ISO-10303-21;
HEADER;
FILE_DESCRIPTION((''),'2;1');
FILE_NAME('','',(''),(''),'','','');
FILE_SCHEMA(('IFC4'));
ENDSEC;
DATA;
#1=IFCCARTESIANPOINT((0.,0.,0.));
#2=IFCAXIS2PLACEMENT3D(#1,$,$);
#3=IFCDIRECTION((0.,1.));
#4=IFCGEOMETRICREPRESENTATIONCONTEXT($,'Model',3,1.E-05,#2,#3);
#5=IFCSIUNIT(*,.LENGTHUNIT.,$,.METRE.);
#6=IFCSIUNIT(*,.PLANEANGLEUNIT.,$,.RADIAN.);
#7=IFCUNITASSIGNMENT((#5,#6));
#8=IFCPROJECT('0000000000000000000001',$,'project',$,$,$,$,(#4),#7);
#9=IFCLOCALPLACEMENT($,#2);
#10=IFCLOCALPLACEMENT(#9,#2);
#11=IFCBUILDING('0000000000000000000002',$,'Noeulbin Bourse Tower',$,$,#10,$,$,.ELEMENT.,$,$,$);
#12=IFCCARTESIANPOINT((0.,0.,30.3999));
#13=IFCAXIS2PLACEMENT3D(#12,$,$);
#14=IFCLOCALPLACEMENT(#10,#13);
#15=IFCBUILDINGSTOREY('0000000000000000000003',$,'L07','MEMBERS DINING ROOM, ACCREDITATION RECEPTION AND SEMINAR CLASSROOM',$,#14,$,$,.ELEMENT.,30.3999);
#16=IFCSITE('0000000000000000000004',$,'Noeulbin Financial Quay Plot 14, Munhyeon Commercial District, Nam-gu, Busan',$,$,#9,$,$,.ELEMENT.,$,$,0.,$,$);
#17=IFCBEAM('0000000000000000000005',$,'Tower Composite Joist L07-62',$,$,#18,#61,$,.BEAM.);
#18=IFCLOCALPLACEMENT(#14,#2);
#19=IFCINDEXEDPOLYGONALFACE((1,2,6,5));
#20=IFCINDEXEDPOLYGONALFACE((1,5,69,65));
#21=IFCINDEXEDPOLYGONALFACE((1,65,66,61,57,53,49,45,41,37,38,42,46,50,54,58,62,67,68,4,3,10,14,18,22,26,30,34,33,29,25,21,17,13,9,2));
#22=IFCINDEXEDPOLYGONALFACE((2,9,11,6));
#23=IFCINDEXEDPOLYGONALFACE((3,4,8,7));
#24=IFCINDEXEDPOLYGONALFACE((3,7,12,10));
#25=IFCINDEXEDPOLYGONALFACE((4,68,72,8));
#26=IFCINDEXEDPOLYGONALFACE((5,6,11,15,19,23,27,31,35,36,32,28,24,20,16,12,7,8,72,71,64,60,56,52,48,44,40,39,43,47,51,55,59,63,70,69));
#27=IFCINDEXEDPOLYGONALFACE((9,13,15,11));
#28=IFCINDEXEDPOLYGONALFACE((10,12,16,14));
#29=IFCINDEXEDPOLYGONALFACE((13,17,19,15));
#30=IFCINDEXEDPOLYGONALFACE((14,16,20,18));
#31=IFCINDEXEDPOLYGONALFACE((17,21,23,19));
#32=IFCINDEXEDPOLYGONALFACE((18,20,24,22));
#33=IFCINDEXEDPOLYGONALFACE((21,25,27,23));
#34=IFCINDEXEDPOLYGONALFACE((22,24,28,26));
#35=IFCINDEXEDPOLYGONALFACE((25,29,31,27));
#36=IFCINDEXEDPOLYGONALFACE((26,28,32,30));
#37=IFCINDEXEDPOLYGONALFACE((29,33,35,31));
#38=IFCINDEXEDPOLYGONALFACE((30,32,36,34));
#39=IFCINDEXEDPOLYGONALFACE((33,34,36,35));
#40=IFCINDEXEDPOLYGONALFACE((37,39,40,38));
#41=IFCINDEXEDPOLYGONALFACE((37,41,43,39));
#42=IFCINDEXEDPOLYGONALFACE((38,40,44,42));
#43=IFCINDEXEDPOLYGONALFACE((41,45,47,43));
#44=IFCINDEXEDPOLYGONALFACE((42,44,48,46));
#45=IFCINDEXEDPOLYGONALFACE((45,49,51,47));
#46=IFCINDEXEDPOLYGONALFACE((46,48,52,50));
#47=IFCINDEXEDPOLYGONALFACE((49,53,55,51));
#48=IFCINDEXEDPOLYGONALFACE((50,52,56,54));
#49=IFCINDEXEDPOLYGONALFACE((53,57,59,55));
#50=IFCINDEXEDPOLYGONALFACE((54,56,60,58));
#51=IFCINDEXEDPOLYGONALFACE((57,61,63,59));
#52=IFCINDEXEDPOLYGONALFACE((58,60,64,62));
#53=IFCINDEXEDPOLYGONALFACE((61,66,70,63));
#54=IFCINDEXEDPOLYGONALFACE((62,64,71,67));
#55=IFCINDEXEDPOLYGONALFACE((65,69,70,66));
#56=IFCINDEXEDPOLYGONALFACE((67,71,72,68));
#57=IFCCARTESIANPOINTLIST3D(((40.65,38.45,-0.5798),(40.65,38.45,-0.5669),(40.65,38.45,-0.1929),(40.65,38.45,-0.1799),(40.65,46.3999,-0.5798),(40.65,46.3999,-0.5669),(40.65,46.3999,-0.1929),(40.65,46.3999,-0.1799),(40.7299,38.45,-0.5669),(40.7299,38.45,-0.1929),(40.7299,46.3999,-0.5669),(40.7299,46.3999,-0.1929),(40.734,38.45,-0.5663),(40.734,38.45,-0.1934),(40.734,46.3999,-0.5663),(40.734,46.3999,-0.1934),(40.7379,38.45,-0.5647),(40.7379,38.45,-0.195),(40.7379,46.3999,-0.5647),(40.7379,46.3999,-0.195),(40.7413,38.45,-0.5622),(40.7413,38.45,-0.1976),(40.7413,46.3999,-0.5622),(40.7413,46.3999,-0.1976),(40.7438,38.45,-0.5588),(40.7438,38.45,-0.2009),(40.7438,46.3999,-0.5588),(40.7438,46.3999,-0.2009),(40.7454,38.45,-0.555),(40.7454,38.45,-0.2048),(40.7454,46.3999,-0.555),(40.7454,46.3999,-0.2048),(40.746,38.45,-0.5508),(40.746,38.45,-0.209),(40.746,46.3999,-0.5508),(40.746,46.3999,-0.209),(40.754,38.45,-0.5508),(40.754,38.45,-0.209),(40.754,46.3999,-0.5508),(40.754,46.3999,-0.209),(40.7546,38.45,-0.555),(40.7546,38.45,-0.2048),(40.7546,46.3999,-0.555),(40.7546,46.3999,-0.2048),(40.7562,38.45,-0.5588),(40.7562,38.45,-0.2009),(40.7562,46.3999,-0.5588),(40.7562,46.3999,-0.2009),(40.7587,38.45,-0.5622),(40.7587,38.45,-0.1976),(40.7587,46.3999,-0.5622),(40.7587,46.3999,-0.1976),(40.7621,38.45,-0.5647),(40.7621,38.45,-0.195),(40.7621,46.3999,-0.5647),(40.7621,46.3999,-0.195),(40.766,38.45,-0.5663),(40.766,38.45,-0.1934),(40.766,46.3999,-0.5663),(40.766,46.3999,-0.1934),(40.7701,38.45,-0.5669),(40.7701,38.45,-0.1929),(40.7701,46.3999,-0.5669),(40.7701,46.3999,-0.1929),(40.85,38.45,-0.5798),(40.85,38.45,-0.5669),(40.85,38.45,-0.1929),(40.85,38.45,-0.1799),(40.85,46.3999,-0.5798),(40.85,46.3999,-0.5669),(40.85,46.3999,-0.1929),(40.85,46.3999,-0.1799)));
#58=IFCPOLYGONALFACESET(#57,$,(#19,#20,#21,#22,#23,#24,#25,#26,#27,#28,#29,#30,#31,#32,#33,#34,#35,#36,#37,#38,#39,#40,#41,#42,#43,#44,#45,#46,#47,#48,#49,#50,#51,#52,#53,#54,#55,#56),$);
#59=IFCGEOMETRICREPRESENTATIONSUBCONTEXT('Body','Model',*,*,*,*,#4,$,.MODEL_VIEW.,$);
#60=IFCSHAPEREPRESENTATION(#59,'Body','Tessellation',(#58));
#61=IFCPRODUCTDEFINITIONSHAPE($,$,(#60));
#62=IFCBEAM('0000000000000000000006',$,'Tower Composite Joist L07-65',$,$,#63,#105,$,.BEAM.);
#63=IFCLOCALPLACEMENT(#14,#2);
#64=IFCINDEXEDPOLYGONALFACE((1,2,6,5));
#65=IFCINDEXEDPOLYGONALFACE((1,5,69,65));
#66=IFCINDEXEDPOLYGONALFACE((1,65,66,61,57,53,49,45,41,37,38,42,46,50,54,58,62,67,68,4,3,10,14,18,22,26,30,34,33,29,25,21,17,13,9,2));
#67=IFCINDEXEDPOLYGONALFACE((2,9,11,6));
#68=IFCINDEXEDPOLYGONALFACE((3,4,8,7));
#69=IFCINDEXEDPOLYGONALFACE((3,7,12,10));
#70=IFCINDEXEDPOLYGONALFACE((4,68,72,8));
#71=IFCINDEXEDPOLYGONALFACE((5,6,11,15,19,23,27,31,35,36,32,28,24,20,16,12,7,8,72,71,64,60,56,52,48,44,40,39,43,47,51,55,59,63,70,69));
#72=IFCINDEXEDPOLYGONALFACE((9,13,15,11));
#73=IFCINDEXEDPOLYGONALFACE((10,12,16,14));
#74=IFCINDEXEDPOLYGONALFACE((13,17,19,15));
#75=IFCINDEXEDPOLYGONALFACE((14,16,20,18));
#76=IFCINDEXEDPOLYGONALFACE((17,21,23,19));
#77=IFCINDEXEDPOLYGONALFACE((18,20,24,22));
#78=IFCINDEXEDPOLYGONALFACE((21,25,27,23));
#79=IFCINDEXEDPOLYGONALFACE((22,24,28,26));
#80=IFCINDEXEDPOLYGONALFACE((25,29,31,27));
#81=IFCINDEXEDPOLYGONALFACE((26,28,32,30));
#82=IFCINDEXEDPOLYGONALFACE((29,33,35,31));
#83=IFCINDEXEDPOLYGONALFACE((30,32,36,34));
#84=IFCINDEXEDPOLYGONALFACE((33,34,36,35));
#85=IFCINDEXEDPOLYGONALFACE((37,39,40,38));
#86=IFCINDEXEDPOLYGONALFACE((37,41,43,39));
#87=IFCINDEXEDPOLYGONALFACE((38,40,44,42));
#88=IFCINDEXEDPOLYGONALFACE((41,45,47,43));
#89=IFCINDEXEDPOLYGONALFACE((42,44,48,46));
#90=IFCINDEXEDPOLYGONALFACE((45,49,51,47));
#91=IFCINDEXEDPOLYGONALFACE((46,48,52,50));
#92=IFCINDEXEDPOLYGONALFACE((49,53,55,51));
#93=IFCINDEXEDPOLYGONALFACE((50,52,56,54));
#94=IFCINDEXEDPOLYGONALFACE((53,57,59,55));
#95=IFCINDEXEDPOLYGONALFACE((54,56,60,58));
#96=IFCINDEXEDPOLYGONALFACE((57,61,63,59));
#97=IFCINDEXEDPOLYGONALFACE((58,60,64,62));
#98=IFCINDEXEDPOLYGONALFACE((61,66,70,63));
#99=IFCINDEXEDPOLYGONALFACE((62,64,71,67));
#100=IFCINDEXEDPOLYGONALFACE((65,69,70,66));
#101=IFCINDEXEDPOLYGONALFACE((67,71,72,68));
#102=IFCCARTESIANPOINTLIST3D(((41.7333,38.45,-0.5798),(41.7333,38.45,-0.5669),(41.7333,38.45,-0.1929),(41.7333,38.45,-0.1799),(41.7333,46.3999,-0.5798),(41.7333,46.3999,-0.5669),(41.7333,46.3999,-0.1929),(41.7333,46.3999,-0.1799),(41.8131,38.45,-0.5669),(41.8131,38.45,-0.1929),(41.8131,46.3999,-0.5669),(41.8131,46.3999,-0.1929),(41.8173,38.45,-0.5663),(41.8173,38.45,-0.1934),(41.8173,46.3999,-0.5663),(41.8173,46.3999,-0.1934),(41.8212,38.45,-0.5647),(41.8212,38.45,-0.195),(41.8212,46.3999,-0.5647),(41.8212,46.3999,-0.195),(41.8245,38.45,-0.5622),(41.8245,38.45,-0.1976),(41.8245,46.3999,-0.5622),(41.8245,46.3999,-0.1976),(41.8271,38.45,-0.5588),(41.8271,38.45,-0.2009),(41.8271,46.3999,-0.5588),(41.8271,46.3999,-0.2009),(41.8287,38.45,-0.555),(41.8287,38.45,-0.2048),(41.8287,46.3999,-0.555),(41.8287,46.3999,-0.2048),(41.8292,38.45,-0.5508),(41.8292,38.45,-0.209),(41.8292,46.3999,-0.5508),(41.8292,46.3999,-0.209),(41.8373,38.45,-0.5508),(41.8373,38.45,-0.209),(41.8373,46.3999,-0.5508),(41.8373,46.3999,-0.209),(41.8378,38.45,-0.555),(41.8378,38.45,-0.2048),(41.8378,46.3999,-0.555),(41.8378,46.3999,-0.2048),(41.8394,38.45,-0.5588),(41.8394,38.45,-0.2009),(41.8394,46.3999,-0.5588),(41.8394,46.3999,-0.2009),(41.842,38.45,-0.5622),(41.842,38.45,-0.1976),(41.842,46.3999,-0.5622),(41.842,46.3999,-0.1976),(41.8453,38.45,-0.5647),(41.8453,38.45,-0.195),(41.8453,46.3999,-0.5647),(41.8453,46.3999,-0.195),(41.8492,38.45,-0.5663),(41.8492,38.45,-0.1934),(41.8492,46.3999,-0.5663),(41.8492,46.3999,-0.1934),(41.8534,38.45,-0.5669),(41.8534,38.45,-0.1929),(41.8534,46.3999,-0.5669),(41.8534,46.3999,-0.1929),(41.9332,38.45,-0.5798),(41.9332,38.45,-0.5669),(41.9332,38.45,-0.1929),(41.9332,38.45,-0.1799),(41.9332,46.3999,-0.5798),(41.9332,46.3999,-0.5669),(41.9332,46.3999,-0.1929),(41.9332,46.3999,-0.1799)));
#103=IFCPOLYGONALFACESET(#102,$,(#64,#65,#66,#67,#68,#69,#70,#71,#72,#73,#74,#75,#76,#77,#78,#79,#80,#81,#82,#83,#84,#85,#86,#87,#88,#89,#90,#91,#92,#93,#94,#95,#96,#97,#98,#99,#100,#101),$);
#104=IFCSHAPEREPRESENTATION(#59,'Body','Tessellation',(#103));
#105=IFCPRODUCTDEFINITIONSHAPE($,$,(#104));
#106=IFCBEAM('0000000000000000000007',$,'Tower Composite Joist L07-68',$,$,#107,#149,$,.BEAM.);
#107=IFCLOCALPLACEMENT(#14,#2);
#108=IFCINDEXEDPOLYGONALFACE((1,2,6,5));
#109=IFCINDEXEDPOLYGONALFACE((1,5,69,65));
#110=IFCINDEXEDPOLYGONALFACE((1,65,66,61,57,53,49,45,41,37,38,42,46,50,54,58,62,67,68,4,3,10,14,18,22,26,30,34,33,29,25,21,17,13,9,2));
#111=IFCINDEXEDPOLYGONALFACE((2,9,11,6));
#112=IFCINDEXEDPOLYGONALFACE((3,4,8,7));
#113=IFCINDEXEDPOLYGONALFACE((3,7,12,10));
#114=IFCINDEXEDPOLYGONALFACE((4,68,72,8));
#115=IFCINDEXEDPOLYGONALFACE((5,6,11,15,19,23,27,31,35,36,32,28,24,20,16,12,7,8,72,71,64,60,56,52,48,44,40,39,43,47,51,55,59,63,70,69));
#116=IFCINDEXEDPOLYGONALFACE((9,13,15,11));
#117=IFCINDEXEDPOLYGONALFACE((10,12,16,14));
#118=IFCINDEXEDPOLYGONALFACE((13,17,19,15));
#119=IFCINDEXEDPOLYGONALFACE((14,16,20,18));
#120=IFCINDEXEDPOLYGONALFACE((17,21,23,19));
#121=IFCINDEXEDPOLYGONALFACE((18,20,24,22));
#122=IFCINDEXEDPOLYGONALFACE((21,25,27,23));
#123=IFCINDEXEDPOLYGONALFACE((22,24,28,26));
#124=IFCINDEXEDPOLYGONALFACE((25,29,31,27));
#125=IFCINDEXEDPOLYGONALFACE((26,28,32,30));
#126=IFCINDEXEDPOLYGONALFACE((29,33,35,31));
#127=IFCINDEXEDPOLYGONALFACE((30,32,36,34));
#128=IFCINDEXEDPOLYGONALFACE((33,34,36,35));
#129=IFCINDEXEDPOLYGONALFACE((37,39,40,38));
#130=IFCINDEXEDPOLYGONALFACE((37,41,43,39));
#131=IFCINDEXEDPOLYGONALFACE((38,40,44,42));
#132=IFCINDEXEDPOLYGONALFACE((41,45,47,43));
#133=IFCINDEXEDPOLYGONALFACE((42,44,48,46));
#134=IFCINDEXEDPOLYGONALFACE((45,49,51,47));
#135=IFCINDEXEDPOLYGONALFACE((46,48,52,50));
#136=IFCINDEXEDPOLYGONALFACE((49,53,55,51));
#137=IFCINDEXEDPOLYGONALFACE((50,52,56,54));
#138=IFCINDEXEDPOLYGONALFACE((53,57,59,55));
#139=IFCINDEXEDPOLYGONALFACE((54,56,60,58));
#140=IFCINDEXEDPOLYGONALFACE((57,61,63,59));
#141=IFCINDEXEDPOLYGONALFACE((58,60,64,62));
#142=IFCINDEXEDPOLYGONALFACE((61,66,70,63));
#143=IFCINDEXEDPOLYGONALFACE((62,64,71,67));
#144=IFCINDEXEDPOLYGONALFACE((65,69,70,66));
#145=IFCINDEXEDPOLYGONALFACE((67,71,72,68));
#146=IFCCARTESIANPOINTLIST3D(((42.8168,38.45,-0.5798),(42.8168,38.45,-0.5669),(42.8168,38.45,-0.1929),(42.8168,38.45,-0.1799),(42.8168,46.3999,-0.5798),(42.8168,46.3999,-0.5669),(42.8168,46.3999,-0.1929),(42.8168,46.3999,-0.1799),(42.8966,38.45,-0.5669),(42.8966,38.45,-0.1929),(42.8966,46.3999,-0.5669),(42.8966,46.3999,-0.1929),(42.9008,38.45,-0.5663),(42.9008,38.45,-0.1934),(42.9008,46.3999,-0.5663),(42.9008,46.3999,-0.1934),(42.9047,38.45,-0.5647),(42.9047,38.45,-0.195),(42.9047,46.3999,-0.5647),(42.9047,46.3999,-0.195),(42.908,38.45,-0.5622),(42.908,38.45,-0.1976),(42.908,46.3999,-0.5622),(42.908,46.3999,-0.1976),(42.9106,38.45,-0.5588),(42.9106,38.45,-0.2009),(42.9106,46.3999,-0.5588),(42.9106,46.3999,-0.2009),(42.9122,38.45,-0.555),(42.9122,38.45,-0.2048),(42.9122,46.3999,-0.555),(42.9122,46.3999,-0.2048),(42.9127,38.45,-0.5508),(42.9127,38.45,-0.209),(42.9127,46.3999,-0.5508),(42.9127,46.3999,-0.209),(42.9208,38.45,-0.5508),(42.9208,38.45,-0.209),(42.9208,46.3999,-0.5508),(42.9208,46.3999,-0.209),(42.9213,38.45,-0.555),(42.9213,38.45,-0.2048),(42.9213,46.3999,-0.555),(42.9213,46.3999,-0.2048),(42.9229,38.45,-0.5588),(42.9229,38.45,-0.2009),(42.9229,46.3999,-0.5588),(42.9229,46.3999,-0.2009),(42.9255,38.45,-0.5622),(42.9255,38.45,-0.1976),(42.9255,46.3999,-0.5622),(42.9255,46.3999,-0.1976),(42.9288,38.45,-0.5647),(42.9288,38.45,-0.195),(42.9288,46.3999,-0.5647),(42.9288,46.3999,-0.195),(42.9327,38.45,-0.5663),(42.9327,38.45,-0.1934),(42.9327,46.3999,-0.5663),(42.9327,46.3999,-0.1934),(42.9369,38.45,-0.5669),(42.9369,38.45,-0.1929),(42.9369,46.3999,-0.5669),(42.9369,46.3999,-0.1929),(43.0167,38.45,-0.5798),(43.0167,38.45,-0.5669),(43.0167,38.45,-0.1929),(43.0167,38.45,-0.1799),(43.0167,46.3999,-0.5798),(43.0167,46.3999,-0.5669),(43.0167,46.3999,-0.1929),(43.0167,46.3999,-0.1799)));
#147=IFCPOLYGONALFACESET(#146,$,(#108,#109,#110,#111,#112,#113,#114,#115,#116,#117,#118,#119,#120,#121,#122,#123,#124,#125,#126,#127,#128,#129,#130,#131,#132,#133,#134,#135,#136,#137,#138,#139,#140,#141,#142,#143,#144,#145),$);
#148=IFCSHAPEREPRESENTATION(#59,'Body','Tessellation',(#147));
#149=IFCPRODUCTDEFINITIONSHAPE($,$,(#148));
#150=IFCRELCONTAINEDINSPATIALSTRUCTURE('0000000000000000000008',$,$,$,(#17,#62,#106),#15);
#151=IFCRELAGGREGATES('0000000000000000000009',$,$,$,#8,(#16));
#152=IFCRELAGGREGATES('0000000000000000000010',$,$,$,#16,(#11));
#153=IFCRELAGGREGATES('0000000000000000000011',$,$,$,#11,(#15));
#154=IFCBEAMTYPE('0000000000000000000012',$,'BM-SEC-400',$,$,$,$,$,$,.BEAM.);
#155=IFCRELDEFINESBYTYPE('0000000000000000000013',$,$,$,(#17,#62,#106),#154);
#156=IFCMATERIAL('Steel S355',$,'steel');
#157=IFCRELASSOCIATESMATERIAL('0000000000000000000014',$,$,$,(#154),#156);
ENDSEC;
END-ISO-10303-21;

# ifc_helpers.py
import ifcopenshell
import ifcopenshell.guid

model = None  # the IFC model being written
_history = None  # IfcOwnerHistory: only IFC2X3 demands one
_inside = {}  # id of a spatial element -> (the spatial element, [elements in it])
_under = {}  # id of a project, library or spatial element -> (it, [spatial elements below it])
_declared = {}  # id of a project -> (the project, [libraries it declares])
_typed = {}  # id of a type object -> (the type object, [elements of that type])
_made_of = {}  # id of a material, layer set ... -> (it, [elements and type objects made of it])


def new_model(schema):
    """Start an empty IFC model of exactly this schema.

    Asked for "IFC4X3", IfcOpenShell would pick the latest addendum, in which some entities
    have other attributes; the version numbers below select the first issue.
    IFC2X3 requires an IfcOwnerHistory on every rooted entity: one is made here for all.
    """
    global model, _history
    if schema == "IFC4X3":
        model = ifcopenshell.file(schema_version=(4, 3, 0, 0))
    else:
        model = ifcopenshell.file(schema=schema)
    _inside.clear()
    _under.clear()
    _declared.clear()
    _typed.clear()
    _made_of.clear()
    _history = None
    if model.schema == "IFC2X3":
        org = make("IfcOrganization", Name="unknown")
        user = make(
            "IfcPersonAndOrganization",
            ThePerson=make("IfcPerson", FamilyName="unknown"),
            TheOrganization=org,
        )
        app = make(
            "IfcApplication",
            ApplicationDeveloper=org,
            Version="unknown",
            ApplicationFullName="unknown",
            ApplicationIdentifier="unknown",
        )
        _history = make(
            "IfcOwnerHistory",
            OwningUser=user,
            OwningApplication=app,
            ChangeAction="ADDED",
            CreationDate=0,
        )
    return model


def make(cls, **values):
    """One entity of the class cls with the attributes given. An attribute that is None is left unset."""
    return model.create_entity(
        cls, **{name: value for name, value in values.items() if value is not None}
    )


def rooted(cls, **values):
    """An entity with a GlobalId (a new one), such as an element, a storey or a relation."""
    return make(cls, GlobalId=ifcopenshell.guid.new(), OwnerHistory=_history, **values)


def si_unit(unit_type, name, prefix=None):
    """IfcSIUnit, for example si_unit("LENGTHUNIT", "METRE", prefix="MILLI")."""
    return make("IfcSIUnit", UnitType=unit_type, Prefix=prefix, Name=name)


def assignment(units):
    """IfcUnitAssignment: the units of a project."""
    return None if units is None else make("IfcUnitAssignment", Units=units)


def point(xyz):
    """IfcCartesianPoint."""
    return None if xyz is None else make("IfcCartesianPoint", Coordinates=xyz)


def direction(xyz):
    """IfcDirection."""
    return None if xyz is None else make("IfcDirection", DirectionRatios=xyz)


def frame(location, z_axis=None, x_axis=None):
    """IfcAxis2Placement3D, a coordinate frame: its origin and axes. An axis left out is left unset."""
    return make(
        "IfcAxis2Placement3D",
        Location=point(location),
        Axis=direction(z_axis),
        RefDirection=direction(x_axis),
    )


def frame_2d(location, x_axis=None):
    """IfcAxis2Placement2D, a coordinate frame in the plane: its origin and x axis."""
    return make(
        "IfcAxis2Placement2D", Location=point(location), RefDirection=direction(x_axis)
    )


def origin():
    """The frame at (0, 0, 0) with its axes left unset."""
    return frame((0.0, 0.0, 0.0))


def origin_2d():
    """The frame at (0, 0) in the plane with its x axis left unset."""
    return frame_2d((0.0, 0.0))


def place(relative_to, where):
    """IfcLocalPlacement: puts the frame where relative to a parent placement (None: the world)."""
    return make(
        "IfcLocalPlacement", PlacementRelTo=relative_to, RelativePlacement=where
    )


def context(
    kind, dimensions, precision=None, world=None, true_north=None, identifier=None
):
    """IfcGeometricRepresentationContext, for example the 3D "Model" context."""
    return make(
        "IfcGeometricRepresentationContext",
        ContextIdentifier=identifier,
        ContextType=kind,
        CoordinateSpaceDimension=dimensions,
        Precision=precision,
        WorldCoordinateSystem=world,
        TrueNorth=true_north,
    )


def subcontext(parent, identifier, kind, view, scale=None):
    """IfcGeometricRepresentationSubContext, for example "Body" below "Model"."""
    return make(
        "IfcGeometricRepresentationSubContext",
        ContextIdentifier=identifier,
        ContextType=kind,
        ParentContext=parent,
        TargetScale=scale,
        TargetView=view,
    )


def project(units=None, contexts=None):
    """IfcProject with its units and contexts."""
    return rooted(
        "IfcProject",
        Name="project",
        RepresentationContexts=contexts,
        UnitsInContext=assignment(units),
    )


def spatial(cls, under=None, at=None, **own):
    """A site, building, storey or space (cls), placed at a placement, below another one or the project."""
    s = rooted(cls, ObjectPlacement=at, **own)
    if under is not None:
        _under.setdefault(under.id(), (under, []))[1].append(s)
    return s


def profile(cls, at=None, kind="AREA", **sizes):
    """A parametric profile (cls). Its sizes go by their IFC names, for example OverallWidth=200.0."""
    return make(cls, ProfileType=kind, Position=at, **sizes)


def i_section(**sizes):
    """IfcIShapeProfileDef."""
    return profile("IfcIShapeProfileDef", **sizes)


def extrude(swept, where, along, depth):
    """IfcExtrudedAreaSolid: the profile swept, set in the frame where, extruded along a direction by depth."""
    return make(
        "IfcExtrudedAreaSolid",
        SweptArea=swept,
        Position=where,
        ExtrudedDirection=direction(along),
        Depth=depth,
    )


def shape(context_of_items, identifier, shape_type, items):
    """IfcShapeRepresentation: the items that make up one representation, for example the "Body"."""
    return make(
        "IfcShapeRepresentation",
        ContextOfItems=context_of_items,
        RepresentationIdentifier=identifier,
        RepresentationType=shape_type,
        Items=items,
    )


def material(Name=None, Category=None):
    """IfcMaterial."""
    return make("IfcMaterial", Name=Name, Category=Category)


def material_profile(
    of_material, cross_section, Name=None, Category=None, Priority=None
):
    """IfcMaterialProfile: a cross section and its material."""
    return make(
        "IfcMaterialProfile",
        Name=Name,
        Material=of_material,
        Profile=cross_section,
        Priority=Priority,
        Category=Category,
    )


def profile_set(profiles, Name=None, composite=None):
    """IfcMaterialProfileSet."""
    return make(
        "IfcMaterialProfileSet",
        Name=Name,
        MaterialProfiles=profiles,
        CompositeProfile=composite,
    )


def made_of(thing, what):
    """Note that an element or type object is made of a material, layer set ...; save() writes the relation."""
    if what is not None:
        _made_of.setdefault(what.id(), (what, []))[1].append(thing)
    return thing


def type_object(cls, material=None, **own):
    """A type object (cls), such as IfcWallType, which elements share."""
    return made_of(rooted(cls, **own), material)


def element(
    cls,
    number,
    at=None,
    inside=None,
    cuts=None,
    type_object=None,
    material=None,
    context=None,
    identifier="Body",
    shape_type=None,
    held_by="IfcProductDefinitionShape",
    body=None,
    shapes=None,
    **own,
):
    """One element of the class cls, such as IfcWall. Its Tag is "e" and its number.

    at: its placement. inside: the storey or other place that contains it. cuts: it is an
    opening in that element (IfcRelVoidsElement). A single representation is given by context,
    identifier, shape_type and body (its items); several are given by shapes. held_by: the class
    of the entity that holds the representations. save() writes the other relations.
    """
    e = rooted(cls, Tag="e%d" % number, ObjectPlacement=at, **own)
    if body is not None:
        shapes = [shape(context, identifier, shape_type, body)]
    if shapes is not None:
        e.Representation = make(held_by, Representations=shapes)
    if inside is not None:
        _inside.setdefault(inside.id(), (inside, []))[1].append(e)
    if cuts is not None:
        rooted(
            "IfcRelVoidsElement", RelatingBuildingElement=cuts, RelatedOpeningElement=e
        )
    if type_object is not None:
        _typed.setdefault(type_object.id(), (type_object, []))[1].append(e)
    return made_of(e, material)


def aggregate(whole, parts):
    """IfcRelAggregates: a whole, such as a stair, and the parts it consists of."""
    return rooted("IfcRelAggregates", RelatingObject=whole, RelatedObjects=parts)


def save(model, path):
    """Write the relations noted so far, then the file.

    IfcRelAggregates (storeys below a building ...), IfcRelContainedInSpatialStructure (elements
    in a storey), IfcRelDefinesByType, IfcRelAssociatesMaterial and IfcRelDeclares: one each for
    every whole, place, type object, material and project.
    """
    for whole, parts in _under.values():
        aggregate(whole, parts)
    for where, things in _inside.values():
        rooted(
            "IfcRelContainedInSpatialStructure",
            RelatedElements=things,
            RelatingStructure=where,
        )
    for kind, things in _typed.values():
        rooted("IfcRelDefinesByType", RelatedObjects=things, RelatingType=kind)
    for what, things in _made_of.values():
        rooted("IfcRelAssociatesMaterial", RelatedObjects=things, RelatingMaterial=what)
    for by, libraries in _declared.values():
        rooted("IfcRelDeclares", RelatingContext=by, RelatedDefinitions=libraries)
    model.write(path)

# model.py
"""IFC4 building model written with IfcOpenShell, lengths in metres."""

from ifc_helpers import new_model, si_unit, direction, frame, origin, origin_2d, place, context, subcontext, project, spatial, i_section, extrude, material, material_profile, profile_set, type_object, element, save


model = new_model("IFC4")

# Units and contexts
model_context = context("Model", 3, precision=1e-05, world=origin(), true_north=direction((0.0, 1.0)))
body_context = subcontext(model_context, "Body", "Model", "MODEL_VIEW")
ifc_project = project(units=[si_unit("LENGTHUNIT", "METRE"), si_unit("PLANEANGLEUNIT", "RADIAN")], contexts=[model_context])

# Site, building, storey
site_placement = place(None, origin())
site = spatial("IfcSite", under=ifc_project, at=site_placement, Name="Noeulbin Financial Quay Plot 14, Munhyeon Commercial District, Nam-gu, Busan", CompositionType="ELEMENT", RefElevation=0.0)
building_placement = place(site_placement, origin())
building = spatial("IfcBuilding", under=site, at=building_placement, Name="Noeulbin Bourse Tower", CompositionType="ELEMENT")
storey_placement = place(building_placement, frame((0.0, 0.0, 30.3999)))
storey = spatial("IfcBuildingStorey", under=building, at=storey_placement, Name="L07", Description="MEMBERS DINING ROOM, ACCREDITATION RECEPTION AND SEMINAR CLASSROOM", CompositionType="ELEMENT", Elevation=30.3999)

# Beams
ifc_material_1 = material(Name="Steel S355", Category="steel")
ifc_material_profile_1 = material_profile(ifc_material_1, i_section(OverallWidth=0.2, OverallDepth=0.3999, WebThickness=0.0081, FlangeThickness=0.0129, FilletRadius=0.0161, at=origin_2d()), Name="H-400x200x8x13", Category="LoadBearing")
ifc_profile_set_1 = profile_set([ifc_material_profile_1], Name="Steel S355")
beam_type_1 = type_object("IfcBeamType", Name="BM-SEC-400", PredefinedType="BEAM", material=ifc_profile_set_1)
for number, where, z_axis, x_axis, name in (
    (1, (40.75, 38.45, -0.3799), (0.0, 1.0, 0.0), (-1.0, 0.0, 0.0), "Tower Composite Joist L07-62"),
    (2, (41.8333, 38.45, -0.3799), (0.0, 1.0, 0.0), (-1.0, 0.0, 0.0), "Tower Composite Joist L07-65"),
    (3, (42.9167, 38.45, -0.3799), (0.0, 1.0, 0.0), (-1.0, 0.0, 0.0), "Tower Composite Joist L07-68"),
):
    element("IfcBeam", number, at=place(storey_placement, frame(where, z_axis=z_axis, x_axis=x_axis)), inside=storey, type_object=beam_type_1, Name=name, PredefinedType="BEAM", context=body_context, shape_type="SweptSolid", body=[
        extrude(i_section(OverallWidth=0.2, OverallDepth=0.3999, WebThickness=0.0081, FlangeThickness=0.0129, FilletRadius=0.0161, at=origin_2d()), origin(), (0.0, 0.0, 1.0), 7.95),
    ])

save(model, "model.ifc")
